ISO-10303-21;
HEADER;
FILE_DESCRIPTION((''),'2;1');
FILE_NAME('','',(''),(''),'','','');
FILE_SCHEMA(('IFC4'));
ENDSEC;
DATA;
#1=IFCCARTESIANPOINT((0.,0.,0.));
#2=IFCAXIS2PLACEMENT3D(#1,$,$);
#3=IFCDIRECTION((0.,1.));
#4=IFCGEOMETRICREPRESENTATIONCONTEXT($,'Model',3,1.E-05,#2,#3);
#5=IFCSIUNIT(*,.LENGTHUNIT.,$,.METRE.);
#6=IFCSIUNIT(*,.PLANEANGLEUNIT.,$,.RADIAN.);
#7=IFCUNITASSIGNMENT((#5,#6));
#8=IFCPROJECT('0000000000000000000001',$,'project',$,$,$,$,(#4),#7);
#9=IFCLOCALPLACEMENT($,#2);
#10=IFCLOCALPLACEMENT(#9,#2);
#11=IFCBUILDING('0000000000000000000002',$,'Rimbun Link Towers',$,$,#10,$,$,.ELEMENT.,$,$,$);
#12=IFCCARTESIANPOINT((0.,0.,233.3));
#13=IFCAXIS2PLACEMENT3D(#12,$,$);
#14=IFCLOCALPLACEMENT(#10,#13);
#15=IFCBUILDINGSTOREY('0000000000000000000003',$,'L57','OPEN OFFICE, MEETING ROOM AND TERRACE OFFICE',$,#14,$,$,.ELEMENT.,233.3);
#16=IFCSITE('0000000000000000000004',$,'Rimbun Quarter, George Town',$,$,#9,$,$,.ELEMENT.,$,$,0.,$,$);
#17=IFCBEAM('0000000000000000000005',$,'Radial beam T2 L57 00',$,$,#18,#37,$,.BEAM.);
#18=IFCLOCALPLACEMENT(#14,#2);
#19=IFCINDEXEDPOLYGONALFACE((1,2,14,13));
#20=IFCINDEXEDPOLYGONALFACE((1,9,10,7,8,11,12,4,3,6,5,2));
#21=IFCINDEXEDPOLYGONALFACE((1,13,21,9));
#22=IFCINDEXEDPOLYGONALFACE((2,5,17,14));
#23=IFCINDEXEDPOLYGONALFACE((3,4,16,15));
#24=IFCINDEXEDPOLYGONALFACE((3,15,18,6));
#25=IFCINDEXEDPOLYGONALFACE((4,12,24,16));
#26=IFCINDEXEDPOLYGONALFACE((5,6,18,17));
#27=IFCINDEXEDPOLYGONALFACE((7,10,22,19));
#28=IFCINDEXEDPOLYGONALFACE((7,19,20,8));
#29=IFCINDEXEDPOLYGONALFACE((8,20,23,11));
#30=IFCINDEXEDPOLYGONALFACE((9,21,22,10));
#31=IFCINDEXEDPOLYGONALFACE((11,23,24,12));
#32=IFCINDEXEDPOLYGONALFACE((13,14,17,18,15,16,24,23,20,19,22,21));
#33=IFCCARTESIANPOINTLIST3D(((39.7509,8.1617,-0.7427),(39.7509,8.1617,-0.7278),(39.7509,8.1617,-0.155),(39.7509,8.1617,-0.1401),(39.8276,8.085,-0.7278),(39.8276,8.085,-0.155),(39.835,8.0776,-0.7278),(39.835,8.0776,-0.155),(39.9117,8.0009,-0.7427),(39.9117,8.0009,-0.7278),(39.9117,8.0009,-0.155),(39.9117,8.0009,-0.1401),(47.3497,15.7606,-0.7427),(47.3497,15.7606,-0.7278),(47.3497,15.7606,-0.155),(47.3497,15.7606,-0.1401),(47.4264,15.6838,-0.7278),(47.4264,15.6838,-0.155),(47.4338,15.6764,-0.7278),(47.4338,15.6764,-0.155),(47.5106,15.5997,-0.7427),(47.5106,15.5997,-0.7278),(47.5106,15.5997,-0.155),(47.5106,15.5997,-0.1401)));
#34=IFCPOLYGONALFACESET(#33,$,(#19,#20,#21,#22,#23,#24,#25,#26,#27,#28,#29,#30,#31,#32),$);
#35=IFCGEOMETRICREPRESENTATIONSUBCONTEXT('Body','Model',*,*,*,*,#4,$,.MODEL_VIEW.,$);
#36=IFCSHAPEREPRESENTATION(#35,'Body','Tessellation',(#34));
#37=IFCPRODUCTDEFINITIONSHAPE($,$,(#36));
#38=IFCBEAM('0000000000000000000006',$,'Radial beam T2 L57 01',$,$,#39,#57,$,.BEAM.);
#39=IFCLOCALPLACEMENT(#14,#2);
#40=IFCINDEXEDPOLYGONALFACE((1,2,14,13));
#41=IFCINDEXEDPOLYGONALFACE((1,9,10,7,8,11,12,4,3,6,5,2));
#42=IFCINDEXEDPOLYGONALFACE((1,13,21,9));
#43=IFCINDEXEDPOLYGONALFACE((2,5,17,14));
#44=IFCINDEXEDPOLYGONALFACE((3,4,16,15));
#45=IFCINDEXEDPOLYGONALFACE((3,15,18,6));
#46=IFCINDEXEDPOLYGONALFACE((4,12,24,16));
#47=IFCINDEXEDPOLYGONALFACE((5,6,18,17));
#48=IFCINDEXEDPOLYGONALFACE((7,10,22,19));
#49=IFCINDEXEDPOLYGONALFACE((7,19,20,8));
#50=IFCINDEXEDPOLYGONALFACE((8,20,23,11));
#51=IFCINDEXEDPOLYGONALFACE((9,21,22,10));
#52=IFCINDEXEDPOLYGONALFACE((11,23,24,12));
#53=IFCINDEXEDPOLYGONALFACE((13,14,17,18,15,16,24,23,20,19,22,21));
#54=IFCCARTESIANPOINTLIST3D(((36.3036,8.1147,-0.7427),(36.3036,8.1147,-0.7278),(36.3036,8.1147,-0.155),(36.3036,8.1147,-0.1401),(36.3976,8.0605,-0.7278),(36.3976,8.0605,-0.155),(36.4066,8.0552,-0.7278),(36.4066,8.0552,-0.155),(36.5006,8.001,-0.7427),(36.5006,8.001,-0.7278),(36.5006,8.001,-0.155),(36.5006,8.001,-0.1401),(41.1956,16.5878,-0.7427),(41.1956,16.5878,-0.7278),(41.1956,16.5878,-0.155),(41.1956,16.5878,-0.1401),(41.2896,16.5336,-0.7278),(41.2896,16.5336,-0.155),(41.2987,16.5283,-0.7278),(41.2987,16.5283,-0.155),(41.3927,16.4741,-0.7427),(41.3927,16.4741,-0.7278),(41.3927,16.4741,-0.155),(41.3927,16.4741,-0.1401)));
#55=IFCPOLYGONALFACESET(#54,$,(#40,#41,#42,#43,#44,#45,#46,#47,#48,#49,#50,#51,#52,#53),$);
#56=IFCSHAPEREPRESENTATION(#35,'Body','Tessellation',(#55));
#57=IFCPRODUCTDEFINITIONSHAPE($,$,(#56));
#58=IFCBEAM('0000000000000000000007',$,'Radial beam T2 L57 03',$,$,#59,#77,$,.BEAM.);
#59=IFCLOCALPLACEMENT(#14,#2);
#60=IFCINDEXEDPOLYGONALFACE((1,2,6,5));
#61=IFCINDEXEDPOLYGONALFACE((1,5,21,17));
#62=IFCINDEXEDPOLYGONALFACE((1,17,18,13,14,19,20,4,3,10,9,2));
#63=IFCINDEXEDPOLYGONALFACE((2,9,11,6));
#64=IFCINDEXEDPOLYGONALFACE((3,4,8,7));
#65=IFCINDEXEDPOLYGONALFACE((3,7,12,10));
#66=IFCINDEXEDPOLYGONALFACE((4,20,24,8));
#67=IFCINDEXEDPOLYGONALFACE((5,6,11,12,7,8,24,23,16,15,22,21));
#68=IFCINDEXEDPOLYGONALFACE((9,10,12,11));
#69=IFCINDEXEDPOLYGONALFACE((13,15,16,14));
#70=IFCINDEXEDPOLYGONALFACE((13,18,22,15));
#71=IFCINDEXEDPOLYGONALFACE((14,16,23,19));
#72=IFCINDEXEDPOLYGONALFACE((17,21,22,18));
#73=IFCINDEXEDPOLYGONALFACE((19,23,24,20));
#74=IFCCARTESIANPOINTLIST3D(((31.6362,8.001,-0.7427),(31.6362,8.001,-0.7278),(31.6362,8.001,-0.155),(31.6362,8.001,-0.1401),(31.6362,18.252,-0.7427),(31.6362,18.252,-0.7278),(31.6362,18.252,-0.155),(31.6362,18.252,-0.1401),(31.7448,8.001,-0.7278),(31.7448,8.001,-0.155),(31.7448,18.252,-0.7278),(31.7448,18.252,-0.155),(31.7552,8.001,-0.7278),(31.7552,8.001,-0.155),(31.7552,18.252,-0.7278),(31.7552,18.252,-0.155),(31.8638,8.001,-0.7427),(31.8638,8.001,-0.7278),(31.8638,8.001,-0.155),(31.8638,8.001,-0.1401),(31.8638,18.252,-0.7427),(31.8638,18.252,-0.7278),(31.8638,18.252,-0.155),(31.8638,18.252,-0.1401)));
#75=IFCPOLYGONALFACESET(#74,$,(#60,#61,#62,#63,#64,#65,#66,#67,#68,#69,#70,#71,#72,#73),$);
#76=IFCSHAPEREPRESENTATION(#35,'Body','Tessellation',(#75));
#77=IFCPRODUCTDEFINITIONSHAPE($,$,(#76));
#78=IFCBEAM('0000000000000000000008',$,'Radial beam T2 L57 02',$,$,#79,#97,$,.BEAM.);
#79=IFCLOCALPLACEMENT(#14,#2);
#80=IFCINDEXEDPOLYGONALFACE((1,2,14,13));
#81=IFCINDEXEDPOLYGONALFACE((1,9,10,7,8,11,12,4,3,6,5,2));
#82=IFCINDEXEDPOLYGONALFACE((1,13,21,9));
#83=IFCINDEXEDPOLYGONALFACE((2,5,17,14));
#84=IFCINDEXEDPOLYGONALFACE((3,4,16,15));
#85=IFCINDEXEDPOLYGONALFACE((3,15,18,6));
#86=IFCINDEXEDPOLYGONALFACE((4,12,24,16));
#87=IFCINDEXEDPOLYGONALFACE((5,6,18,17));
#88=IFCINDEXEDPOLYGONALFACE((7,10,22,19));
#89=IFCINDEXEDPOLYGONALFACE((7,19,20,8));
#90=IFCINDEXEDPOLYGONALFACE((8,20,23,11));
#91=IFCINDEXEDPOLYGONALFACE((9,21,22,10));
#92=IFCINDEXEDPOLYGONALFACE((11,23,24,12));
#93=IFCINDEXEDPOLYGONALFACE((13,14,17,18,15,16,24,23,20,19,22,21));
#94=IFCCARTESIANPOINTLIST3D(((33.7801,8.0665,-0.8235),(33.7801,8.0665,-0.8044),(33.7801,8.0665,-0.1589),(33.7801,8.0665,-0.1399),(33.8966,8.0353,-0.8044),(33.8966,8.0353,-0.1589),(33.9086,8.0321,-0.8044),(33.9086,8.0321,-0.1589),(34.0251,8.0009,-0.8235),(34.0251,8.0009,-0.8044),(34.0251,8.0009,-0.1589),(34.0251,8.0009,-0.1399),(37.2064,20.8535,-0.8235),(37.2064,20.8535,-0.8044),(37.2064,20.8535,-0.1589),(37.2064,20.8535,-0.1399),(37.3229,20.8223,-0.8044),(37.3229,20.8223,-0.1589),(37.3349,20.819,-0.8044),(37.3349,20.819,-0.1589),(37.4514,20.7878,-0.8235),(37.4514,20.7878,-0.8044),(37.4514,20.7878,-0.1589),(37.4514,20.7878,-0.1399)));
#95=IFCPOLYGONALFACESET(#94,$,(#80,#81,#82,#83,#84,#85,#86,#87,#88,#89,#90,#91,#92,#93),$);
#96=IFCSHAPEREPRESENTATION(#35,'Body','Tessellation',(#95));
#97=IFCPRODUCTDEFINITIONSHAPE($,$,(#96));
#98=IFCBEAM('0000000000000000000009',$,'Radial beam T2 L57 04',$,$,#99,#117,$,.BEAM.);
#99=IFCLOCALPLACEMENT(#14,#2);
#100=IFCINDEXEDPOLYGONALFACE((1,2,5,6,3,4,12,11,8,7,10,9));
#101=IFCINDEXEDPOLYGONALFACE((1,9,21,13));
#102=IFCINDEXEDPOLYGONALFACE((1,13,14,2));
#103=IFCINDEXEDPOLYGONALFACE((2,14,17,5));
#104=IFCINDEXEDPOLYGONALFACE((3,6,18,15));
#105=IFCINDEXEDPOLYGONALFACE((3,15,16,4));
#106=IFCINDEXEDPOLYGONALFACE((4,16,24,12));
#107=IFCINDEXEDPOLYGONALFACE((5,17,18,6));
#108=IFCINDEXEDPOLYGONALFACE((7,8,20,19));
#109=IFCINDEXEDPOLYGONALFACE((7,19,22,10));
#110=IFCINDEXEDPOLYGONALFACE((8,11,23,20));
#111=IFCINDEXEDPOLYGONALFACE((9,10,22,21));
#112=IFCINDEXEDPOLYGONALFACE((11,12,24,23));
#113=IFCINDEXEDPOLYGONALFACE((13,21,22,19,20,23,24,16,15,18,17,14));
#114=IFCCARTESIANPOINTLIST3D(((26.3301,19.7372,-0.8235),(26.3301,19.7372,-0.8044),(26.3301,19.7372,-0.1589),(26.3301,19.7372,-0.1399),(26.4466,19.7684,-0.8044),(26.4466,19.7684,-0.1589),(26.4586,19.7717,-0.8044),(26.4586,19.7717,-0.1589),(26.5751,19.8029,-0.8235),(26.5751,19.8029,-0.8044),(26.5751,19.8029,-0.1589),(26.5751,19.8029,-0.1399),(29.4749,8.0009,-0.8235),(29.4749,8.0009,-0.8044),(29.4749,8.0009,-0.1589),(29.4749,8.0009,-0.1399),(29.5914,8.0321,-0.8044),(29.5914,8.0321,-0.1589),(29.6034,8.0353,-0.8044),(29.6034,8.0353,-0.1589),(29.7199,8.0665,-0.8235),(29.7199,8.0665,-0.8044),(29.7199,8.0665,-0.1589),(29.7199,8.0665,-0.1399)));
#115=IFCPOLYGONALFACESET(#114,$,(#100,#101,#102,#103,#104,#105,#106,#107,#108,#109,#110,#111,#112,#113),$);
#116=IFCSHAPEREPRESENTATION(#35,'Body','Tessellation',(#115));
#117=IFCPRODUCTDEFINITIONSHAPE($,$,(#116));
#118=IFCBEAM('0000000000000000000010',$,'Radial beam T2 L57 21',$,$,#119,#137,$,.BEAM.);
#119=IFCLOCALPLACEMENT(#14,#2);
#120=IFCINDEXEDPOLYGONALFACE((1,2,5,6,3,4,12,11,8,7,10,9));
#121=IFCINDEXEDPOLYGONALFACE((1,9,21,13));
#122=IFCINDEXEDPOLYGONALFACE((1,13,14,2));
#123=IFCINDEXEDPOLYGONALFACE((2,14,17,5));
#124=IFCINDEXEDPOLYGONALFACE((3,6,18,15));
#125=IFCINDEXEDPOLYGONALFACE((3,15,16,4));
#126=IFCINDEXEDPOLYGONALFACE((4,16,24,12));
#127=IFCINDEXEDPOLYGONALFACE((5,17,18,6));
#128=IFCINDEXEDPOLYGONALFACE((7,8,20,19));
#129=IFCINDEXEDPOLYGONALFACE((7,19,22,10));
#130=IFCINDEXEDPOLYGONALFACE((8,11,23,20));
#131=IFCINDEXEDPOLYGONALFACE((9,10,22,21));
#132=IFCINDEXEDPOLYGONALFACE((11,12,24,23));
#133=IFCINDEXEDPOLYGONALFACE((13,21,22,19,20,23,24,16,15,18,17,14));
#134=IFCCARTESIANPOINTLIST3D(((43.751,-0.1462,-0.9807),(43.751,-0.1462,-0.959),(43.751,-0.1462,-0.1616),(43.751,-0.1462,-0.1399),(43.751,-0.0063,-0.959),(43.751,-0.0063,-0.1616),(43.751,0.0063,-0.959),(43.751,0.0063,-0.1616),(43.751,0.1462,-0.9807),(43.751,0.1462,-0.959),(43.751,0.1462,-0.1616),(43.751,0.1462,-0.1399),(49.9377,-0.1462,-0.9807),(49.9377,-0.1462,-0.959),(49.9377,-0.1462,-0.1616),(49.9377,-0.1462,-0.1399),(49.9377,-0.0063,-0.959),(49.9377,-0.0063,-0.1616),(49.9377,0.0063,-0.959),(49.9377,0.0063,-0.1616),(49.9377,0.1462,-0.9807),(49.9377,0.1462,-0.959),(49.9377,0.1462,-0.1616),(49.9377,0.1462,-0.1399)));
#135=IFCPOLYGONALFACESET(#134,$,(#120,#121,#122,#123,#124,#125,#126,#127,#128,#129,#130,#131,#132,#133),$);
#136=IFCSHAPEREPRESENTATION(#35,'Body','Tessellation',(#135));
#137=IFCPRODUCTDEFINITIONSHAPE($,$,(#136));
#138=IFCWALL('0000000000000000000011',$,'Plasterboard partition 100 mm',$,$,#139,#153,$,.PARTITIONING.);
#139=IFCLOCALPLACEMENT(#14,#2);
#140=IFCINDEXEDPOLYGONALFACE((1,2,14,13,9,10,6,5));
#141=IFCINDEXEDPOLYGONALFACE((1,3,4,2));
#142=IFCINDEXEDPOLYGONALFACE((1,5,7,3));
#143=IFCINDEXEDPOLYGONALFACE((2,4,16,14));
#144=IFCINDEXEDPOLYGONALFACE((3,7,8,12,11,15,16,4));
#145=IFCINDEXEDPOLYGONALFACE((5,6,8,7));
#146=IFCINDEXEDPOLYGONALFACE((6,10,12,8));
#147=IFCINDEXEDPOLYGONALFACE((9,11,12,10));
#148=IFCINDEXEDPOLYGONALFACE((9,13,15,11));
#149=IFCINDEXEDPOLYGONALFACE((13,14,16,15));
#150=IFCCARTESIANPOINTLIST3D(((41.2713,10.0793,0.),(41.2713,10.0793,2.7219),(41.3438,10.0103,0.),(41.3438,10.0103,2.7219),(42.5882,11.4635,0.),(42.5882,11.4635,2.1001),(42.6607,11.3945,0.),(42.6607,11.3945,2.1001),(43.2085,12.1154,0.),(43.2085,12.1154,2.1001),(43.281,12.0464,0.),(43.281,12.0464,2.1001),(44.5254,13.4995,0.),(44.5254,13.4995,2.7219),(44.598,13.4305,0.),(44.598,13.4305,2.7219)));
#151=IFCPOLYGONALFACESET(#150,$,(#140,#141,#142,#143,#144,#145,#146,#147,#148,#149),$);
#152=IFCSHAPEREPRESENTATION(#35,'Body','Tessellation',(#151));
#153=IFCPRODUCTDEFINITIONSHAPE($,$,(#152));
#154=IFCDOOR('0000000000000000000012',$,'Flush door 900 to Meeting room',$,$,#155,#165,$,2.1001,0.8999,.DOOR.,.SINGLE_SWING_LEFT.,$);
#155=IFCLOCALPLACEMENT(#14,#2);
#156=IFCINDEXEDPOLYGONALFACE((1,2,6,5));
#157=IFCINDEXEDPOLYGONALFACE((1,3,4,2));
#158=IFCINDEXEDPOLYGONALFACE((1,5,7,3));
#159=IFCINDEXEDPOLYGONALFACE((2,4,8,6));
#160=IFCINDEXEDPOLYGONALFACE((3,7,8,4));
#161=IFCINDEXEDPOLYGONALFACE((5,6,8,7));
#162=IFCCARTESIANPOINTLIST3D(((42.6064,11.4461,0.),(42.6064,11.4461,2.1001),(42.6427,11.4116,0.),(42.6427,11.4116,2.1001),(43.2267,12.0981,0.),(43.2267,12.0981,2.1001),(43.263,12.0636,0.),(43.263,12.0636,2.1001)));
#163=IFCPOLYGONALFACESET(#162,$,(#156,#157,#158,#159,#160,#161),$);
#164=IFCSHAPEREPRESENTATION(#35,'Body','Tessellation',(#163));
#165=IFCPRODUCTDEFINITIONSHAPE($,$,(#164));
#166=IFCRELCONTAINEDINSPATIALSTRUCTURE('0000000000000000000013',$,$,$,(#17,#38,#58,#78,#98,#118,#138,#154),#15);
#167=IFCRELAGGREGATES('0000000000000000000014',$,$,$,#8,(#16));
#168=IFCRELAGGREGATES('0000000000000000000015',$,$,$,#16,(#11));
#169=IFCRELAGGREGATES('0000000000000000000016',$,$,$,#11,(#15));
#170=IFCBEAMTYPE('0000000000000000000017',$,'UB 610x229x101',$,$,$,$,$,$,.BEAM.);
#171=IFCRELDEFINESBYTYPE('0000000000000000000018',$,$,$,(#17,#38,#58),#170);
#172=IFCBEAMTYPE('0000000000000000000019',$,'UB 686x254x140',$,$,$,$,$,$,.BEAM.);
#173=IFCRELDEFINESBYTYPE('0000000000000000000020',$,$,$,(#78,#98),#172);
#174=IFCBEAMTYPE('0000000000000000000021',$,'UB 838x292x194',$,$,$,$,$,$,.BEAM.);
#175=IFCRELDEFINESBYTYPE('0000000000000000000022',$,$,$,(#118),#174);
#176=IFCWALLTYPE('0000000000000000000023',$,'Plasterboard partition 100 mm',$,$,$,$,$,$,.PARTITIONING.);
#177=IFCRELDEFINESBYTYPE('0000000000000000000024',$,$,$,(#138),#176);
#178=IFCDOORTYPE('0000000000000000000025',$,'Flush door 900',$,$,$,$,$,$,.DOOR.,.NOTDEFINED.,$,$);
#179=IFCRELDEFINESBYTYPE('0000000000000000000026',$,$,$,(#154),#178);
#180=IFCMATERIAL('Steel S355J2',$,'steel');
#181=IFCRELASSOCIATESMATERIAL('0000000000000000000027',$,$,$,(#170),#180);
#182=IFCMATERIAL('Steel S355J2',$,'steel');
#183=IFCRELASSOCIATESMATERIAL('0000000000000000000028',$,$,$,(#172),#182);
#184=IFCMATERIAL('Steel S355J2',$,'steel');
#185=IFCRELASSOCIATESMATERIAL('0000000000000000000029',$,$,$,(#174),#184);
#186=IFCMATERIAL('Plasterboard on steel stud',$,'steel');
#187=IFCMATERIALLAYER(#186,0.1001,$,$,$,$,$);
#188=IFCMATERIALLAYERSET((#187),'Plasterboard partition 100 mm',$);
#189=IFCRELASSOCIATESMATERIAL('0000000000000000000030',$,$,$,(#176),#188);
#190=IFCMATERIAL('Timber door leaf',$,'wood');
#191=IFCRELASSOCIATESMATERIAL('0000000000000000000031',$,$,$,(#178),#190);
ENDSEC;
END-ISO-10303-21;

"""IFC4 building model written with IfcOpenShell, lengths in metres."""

from ifc_helpers import new_model, si_unit, direction, frame, frame_2d, origin, origin_2d, place, context, subcontext, project, spatial, rectangle, i_section, extrude, material, layer, layer_set, material_profile, profile_set, type_object, element, fill, save


model = new_model("IFC4")

# Units and contexts
model_context = context("Model", 3, precision=1e-05, world=origin(), true_north=direction((0.0, 1.0)))
body_context = subcontext(model_context, "Body", "Model", "MODEL_VIEW")
ifc_project = project(units=[si_unit("LENGTHUNIT", "METRE"), si_unit("PLANEANGLEUNIT", "RADIAN")], contexts=[model_context])

# Site, building, storey
site_placement = place(None, origin())
site = spatial("IfcSite", under=ifc_project, at=site_placement, Name="Rimbun Quarter, George Town", CompositionType="ELEMENT", RefElevation=0.0)
building_placement = place(site_placement, origin())
building = spatial("IfcBuilding", under=site, at=building_placement, Name="Rimbun Link Towers", CompositionType="ELEMENT")
storey_placement = place(building_placement, frame((0.0, 0.0, 233.3)))
storey = spatial("IfcBuildingStorey", under=building, at=storey_placement, Name="L57", Description="OPEN OFFICE, MEETING ROOM AND TERRACE OFFICE", CompositionType="ELEMENT", Elevation=233.3)

# Beams
ifc_material_1 = material(Name="Steel S355J2", Category="steel")
ifc_material_profile_1 = material_profile(ifc_material_1, i_section(OverallWidth=0.2275, OverallDepth=0.6025, WebThickness=0.0105, FlangeThickness=0.0149, at=origin_2d()), Name="UB 610x229x101")
ifc_profile_set_1 = profile_set([ifc_material_profile_1], Name="Steel S355J2")
beam_type_1 = type_object("IfcBeamType", Name="UB 610x229x101", PredefinedType="BEAM", material=ifc_profile_set_1)
beam_1_placement = place(storey_placement, frame((39.8313, 8.0813, -0.4414), z_axis=(0.707107, 0.707107, 0.0), x_axis=(-0.707107, 0.707107, 0.0)))
element("IfcBeam", 1, at=beam_1_placement, inside=storey, type_object=beam_type_1, Name="Radial beam T2 L57 00", PredefinedType="BEAM", context=body_context, shape_type="SweptSolid", body=[
    extrude(i_section(OverallWidth=0.2275, OverallDepth=0.6025, WebThickness=0.0105, FlangeThickness=0.0149, at=origin_2d()), origin(), (0.0, 0.0, 1.0), 10.7463),
])
beam_2_placement = place(storey_placement, frame((36.4021, 8.0579, -0.4414), z_axis=(0.500009, 0.86602, 0.0), x_axis=(-0.86602, 0.500009, 0.0)))
element("IfcBeam", 2, at=beam_2_placement, inside=storey, type_object=beam_type_1, Name="Radial beam T2 L57 01", PredefinedType="BEAM", context=body_context, shape_type="SweptSolid", body=[
    extrude(i_section(OverallWidth=0.2275, OverallDepth=0.6025, WebThickness=0.0105, FlangeThickness=0.0149, at=origin_2d()), origin(), (0.0, 0.0, 1.0), 9.7839),
])
beam_3_placement = place(storey_placement, frame((31.75, 8.001, -0.4414), z_axis=(0.0, 1.0, 0.0), x_axis=(-1.0, 0.0, 0.0)))
element("IfcBeam", 3, at=beam_3_placement, inside=storey, type_object=beam_type_1, Name="Radial beam T2 L57 03", PredefinedType="BEAM", context=body_context, shape_type="SweptSolid", body=[
    extrude(i_section(OverallWidth=0.2275, OverallDepth=0.6025, WebThickness=0.0105, FlangeThickness=0.0149, at=origin_2d()), origin(), (0.0, 0.0, 1.0), 10.251),
])
ifc_material_2 = material(Name="Steel S355J2", Category="steel")
ifc_material_profile_2 = material_profile(ifc_material_2, i_section(OverallWidth=0.2537, OverallDepth=0.6836, WebThickness=0.0125, FlangeThickness=0.019, at=origin_2d()), Name="UB 686x254x140")
ifc_profile_set_2 = profile_set([ifc_material_profile_2], Name="Steel S355J2")
beam_type_2 = type_object("IfcBeamType", Name="UB 686x254x140", PredefinedType="BEAM", material=ifc_profile_set_2)
beam_4_placement = place(storey_placement, frame((33.9026, 8.0337, -0.4817), z_axis=(0.258822, 0.965925, 0.0), x_axis=(-0.965925, 0.258822, 0.0)))
element("IfcBeam", 4, at=beam_4_placement, inside=storey, type_object=beam_type_2, Name="Radial beam T2 L57 02", PredefinedType="BEAM", context=body_context, shape_type="SweptSolid", body=[
    extrude(i_section(OverallWidth=0.2537, OverallDepth=0.6836, WebThickness=0.0125, FlangeThickness=0.019, at=origin_2d()), origin(), (0.0, 0.0, 1.0), 13.238),
])
beam_5_placement = place(storey_placement, frame((29.5974, 8.0337, -0.4817), z_axis=(-0.258822, 0.965925, 0.0), x_axis=(-0.965925, -0.258822, 0.0)))
element("IfcBeam", 5, at=beam_5_placement, inside=storey, type_object=beam_type_2, Name="Radial beam T2 L57 04", PredefinedType="BEAM", context=body_context, shape_type="SweptSolid", body=[
    extrude(i_section(OverallWidth=0.2537, OverallDepth=0.6836, WebThickness=0.0125, FlangeThickness=0.019, at=origin_2d()), origin(), (0.0, 0.0, 1.0), 12.1504),
])
ifc_material_3 = material(Name="Steel S355J2", Category="steel")
ifc_material_profile_3 = material_profile(ifc_material_3, i_section(OverallWidth=0.2925, OverallDepth=0.8408, WebThickness=0.0127, FlangeThickness=0.0217, at=origin_2d()), Name="UB 838x292x194")
ifc_profile_set_3 = profile_set([ifc_material_profile_3], Name="Steel S355J2")
beam_type_3 = type_object("IfcBeamType", Name="UB 838x292x194", PredefinedType="BEAM", material=ifc_profile_set_3)
beam_6_placement = place(storey_placement, frame((43.751, 0.0, -0.5603), z_axis=(1.0, 0.0, 0.0), x_axis=(0.0, 1.0, 0.0)))
element("IfcBeam", 6, at=beam_6_placement, inside=storey, type_object=beam_type_3, Name="Radial beam T2 L57 21", PredefinedType="BEAM", context=body_context, shape_type="SweptSolid", body=[
    extrude(i_section(OverallWidth=0.2925, OverallDepth=0.8408, WebThickness=0.0127, FlangeThickness=0.0217, at=origin_2d()), origin(), (0.0, 0.0, 1.0), 6.1868),
])

# Wall, opening, door
ifc_material_4 = material(Name="Plasterboard on steel stud", Category="steel")
ifc_layer_1 = layer(ifc_material_4, 0.1001)
ifc_layer_set_1 = layer_set([ifc_layer_1], Name="Plasterboard partition 100 mm")
wall_type_1 = type_object("IfcWallType", Name="Plasterboard partition 100 mm", PredefinedType="PARTITIONING", material=ifc_layer_set_1)
wall_1_placement = place(storey_placement, frame((41.3076, 10.0449, 0.0), z_axis=(0.0, 0.0, 1.0), x_axis=(0.689305, 0.724471, 0.0)))
wall_1 = element("IfcWall", 7, at=wall_1_placement, inside=storey, type_object=wall_type_1, Name="Plasterboard partition 100 mm", PredefinedType="PARTITIONING", context=body_context, shape_type="SweptSolid", body=[
    extrude(rectangle(XDim=4.7209, YDim=0.1001, at=frame_2d((2.3604, 0.0))), origin(), (0.0, 0.0, 1.0), 2.7219),
])
opening_1_placement = place(wall_1_placement, frame((1.9104, 0.0, 0.0)))
opening_1 = element("IfcOpeningElement", 8, at=opening_1_placement, cuts=wall_1, PredefinedType="OPENING", context=body_context, shape_type="SweptSolid", body=[
    extrude(rectangle(XDim=0.8999, YDim=2.1001, at=frame_2d((0.45, 1.05))), frame((0.0, 0.0601, 0.0), z_axis=(0.0, -1.0, 0.0), x_axis=(1.0, 0.0, 0.0)), (0.0, 0.0, 1.0), 0.1201),
])
ifc_material_5 = material(Name="Timber door leaf", Category="wood")
door_type_1 = type_object("IfcDoorType", Name="Flush door 900", OperationType="NOTDEFINED", PredefinedType="DOOR", material=ifc_material_5)
door_1_placement = place(opening_1_placement, origin())
door_1 = element("IfcDoor", 9, at=door_1_placement, inside=storey, type_object=door_type_1, Name="Flush door 900 to Meeting room", OperationType="SINGLE_SWING_LEFT", OverallHeight=2.1001, OverallWidth=0.8999, PredefinedType="DOOR", context=body_context, shape_type="SweptSolid", body=[
    extrude(rectangle(XDim=0.8999, YDim=2.1001, at=frame_2d((0.45, 1.05))), frame((0.0, 0.0249, 0.0), z_axis=(0.0, -1.0, 0.0), x_axis=(1.0, 0.0, 0.0)), (0.0, 0.0, 1.0), 0.05),
])
fill(opening_1, door_1)

save(model, "model.ifc")
